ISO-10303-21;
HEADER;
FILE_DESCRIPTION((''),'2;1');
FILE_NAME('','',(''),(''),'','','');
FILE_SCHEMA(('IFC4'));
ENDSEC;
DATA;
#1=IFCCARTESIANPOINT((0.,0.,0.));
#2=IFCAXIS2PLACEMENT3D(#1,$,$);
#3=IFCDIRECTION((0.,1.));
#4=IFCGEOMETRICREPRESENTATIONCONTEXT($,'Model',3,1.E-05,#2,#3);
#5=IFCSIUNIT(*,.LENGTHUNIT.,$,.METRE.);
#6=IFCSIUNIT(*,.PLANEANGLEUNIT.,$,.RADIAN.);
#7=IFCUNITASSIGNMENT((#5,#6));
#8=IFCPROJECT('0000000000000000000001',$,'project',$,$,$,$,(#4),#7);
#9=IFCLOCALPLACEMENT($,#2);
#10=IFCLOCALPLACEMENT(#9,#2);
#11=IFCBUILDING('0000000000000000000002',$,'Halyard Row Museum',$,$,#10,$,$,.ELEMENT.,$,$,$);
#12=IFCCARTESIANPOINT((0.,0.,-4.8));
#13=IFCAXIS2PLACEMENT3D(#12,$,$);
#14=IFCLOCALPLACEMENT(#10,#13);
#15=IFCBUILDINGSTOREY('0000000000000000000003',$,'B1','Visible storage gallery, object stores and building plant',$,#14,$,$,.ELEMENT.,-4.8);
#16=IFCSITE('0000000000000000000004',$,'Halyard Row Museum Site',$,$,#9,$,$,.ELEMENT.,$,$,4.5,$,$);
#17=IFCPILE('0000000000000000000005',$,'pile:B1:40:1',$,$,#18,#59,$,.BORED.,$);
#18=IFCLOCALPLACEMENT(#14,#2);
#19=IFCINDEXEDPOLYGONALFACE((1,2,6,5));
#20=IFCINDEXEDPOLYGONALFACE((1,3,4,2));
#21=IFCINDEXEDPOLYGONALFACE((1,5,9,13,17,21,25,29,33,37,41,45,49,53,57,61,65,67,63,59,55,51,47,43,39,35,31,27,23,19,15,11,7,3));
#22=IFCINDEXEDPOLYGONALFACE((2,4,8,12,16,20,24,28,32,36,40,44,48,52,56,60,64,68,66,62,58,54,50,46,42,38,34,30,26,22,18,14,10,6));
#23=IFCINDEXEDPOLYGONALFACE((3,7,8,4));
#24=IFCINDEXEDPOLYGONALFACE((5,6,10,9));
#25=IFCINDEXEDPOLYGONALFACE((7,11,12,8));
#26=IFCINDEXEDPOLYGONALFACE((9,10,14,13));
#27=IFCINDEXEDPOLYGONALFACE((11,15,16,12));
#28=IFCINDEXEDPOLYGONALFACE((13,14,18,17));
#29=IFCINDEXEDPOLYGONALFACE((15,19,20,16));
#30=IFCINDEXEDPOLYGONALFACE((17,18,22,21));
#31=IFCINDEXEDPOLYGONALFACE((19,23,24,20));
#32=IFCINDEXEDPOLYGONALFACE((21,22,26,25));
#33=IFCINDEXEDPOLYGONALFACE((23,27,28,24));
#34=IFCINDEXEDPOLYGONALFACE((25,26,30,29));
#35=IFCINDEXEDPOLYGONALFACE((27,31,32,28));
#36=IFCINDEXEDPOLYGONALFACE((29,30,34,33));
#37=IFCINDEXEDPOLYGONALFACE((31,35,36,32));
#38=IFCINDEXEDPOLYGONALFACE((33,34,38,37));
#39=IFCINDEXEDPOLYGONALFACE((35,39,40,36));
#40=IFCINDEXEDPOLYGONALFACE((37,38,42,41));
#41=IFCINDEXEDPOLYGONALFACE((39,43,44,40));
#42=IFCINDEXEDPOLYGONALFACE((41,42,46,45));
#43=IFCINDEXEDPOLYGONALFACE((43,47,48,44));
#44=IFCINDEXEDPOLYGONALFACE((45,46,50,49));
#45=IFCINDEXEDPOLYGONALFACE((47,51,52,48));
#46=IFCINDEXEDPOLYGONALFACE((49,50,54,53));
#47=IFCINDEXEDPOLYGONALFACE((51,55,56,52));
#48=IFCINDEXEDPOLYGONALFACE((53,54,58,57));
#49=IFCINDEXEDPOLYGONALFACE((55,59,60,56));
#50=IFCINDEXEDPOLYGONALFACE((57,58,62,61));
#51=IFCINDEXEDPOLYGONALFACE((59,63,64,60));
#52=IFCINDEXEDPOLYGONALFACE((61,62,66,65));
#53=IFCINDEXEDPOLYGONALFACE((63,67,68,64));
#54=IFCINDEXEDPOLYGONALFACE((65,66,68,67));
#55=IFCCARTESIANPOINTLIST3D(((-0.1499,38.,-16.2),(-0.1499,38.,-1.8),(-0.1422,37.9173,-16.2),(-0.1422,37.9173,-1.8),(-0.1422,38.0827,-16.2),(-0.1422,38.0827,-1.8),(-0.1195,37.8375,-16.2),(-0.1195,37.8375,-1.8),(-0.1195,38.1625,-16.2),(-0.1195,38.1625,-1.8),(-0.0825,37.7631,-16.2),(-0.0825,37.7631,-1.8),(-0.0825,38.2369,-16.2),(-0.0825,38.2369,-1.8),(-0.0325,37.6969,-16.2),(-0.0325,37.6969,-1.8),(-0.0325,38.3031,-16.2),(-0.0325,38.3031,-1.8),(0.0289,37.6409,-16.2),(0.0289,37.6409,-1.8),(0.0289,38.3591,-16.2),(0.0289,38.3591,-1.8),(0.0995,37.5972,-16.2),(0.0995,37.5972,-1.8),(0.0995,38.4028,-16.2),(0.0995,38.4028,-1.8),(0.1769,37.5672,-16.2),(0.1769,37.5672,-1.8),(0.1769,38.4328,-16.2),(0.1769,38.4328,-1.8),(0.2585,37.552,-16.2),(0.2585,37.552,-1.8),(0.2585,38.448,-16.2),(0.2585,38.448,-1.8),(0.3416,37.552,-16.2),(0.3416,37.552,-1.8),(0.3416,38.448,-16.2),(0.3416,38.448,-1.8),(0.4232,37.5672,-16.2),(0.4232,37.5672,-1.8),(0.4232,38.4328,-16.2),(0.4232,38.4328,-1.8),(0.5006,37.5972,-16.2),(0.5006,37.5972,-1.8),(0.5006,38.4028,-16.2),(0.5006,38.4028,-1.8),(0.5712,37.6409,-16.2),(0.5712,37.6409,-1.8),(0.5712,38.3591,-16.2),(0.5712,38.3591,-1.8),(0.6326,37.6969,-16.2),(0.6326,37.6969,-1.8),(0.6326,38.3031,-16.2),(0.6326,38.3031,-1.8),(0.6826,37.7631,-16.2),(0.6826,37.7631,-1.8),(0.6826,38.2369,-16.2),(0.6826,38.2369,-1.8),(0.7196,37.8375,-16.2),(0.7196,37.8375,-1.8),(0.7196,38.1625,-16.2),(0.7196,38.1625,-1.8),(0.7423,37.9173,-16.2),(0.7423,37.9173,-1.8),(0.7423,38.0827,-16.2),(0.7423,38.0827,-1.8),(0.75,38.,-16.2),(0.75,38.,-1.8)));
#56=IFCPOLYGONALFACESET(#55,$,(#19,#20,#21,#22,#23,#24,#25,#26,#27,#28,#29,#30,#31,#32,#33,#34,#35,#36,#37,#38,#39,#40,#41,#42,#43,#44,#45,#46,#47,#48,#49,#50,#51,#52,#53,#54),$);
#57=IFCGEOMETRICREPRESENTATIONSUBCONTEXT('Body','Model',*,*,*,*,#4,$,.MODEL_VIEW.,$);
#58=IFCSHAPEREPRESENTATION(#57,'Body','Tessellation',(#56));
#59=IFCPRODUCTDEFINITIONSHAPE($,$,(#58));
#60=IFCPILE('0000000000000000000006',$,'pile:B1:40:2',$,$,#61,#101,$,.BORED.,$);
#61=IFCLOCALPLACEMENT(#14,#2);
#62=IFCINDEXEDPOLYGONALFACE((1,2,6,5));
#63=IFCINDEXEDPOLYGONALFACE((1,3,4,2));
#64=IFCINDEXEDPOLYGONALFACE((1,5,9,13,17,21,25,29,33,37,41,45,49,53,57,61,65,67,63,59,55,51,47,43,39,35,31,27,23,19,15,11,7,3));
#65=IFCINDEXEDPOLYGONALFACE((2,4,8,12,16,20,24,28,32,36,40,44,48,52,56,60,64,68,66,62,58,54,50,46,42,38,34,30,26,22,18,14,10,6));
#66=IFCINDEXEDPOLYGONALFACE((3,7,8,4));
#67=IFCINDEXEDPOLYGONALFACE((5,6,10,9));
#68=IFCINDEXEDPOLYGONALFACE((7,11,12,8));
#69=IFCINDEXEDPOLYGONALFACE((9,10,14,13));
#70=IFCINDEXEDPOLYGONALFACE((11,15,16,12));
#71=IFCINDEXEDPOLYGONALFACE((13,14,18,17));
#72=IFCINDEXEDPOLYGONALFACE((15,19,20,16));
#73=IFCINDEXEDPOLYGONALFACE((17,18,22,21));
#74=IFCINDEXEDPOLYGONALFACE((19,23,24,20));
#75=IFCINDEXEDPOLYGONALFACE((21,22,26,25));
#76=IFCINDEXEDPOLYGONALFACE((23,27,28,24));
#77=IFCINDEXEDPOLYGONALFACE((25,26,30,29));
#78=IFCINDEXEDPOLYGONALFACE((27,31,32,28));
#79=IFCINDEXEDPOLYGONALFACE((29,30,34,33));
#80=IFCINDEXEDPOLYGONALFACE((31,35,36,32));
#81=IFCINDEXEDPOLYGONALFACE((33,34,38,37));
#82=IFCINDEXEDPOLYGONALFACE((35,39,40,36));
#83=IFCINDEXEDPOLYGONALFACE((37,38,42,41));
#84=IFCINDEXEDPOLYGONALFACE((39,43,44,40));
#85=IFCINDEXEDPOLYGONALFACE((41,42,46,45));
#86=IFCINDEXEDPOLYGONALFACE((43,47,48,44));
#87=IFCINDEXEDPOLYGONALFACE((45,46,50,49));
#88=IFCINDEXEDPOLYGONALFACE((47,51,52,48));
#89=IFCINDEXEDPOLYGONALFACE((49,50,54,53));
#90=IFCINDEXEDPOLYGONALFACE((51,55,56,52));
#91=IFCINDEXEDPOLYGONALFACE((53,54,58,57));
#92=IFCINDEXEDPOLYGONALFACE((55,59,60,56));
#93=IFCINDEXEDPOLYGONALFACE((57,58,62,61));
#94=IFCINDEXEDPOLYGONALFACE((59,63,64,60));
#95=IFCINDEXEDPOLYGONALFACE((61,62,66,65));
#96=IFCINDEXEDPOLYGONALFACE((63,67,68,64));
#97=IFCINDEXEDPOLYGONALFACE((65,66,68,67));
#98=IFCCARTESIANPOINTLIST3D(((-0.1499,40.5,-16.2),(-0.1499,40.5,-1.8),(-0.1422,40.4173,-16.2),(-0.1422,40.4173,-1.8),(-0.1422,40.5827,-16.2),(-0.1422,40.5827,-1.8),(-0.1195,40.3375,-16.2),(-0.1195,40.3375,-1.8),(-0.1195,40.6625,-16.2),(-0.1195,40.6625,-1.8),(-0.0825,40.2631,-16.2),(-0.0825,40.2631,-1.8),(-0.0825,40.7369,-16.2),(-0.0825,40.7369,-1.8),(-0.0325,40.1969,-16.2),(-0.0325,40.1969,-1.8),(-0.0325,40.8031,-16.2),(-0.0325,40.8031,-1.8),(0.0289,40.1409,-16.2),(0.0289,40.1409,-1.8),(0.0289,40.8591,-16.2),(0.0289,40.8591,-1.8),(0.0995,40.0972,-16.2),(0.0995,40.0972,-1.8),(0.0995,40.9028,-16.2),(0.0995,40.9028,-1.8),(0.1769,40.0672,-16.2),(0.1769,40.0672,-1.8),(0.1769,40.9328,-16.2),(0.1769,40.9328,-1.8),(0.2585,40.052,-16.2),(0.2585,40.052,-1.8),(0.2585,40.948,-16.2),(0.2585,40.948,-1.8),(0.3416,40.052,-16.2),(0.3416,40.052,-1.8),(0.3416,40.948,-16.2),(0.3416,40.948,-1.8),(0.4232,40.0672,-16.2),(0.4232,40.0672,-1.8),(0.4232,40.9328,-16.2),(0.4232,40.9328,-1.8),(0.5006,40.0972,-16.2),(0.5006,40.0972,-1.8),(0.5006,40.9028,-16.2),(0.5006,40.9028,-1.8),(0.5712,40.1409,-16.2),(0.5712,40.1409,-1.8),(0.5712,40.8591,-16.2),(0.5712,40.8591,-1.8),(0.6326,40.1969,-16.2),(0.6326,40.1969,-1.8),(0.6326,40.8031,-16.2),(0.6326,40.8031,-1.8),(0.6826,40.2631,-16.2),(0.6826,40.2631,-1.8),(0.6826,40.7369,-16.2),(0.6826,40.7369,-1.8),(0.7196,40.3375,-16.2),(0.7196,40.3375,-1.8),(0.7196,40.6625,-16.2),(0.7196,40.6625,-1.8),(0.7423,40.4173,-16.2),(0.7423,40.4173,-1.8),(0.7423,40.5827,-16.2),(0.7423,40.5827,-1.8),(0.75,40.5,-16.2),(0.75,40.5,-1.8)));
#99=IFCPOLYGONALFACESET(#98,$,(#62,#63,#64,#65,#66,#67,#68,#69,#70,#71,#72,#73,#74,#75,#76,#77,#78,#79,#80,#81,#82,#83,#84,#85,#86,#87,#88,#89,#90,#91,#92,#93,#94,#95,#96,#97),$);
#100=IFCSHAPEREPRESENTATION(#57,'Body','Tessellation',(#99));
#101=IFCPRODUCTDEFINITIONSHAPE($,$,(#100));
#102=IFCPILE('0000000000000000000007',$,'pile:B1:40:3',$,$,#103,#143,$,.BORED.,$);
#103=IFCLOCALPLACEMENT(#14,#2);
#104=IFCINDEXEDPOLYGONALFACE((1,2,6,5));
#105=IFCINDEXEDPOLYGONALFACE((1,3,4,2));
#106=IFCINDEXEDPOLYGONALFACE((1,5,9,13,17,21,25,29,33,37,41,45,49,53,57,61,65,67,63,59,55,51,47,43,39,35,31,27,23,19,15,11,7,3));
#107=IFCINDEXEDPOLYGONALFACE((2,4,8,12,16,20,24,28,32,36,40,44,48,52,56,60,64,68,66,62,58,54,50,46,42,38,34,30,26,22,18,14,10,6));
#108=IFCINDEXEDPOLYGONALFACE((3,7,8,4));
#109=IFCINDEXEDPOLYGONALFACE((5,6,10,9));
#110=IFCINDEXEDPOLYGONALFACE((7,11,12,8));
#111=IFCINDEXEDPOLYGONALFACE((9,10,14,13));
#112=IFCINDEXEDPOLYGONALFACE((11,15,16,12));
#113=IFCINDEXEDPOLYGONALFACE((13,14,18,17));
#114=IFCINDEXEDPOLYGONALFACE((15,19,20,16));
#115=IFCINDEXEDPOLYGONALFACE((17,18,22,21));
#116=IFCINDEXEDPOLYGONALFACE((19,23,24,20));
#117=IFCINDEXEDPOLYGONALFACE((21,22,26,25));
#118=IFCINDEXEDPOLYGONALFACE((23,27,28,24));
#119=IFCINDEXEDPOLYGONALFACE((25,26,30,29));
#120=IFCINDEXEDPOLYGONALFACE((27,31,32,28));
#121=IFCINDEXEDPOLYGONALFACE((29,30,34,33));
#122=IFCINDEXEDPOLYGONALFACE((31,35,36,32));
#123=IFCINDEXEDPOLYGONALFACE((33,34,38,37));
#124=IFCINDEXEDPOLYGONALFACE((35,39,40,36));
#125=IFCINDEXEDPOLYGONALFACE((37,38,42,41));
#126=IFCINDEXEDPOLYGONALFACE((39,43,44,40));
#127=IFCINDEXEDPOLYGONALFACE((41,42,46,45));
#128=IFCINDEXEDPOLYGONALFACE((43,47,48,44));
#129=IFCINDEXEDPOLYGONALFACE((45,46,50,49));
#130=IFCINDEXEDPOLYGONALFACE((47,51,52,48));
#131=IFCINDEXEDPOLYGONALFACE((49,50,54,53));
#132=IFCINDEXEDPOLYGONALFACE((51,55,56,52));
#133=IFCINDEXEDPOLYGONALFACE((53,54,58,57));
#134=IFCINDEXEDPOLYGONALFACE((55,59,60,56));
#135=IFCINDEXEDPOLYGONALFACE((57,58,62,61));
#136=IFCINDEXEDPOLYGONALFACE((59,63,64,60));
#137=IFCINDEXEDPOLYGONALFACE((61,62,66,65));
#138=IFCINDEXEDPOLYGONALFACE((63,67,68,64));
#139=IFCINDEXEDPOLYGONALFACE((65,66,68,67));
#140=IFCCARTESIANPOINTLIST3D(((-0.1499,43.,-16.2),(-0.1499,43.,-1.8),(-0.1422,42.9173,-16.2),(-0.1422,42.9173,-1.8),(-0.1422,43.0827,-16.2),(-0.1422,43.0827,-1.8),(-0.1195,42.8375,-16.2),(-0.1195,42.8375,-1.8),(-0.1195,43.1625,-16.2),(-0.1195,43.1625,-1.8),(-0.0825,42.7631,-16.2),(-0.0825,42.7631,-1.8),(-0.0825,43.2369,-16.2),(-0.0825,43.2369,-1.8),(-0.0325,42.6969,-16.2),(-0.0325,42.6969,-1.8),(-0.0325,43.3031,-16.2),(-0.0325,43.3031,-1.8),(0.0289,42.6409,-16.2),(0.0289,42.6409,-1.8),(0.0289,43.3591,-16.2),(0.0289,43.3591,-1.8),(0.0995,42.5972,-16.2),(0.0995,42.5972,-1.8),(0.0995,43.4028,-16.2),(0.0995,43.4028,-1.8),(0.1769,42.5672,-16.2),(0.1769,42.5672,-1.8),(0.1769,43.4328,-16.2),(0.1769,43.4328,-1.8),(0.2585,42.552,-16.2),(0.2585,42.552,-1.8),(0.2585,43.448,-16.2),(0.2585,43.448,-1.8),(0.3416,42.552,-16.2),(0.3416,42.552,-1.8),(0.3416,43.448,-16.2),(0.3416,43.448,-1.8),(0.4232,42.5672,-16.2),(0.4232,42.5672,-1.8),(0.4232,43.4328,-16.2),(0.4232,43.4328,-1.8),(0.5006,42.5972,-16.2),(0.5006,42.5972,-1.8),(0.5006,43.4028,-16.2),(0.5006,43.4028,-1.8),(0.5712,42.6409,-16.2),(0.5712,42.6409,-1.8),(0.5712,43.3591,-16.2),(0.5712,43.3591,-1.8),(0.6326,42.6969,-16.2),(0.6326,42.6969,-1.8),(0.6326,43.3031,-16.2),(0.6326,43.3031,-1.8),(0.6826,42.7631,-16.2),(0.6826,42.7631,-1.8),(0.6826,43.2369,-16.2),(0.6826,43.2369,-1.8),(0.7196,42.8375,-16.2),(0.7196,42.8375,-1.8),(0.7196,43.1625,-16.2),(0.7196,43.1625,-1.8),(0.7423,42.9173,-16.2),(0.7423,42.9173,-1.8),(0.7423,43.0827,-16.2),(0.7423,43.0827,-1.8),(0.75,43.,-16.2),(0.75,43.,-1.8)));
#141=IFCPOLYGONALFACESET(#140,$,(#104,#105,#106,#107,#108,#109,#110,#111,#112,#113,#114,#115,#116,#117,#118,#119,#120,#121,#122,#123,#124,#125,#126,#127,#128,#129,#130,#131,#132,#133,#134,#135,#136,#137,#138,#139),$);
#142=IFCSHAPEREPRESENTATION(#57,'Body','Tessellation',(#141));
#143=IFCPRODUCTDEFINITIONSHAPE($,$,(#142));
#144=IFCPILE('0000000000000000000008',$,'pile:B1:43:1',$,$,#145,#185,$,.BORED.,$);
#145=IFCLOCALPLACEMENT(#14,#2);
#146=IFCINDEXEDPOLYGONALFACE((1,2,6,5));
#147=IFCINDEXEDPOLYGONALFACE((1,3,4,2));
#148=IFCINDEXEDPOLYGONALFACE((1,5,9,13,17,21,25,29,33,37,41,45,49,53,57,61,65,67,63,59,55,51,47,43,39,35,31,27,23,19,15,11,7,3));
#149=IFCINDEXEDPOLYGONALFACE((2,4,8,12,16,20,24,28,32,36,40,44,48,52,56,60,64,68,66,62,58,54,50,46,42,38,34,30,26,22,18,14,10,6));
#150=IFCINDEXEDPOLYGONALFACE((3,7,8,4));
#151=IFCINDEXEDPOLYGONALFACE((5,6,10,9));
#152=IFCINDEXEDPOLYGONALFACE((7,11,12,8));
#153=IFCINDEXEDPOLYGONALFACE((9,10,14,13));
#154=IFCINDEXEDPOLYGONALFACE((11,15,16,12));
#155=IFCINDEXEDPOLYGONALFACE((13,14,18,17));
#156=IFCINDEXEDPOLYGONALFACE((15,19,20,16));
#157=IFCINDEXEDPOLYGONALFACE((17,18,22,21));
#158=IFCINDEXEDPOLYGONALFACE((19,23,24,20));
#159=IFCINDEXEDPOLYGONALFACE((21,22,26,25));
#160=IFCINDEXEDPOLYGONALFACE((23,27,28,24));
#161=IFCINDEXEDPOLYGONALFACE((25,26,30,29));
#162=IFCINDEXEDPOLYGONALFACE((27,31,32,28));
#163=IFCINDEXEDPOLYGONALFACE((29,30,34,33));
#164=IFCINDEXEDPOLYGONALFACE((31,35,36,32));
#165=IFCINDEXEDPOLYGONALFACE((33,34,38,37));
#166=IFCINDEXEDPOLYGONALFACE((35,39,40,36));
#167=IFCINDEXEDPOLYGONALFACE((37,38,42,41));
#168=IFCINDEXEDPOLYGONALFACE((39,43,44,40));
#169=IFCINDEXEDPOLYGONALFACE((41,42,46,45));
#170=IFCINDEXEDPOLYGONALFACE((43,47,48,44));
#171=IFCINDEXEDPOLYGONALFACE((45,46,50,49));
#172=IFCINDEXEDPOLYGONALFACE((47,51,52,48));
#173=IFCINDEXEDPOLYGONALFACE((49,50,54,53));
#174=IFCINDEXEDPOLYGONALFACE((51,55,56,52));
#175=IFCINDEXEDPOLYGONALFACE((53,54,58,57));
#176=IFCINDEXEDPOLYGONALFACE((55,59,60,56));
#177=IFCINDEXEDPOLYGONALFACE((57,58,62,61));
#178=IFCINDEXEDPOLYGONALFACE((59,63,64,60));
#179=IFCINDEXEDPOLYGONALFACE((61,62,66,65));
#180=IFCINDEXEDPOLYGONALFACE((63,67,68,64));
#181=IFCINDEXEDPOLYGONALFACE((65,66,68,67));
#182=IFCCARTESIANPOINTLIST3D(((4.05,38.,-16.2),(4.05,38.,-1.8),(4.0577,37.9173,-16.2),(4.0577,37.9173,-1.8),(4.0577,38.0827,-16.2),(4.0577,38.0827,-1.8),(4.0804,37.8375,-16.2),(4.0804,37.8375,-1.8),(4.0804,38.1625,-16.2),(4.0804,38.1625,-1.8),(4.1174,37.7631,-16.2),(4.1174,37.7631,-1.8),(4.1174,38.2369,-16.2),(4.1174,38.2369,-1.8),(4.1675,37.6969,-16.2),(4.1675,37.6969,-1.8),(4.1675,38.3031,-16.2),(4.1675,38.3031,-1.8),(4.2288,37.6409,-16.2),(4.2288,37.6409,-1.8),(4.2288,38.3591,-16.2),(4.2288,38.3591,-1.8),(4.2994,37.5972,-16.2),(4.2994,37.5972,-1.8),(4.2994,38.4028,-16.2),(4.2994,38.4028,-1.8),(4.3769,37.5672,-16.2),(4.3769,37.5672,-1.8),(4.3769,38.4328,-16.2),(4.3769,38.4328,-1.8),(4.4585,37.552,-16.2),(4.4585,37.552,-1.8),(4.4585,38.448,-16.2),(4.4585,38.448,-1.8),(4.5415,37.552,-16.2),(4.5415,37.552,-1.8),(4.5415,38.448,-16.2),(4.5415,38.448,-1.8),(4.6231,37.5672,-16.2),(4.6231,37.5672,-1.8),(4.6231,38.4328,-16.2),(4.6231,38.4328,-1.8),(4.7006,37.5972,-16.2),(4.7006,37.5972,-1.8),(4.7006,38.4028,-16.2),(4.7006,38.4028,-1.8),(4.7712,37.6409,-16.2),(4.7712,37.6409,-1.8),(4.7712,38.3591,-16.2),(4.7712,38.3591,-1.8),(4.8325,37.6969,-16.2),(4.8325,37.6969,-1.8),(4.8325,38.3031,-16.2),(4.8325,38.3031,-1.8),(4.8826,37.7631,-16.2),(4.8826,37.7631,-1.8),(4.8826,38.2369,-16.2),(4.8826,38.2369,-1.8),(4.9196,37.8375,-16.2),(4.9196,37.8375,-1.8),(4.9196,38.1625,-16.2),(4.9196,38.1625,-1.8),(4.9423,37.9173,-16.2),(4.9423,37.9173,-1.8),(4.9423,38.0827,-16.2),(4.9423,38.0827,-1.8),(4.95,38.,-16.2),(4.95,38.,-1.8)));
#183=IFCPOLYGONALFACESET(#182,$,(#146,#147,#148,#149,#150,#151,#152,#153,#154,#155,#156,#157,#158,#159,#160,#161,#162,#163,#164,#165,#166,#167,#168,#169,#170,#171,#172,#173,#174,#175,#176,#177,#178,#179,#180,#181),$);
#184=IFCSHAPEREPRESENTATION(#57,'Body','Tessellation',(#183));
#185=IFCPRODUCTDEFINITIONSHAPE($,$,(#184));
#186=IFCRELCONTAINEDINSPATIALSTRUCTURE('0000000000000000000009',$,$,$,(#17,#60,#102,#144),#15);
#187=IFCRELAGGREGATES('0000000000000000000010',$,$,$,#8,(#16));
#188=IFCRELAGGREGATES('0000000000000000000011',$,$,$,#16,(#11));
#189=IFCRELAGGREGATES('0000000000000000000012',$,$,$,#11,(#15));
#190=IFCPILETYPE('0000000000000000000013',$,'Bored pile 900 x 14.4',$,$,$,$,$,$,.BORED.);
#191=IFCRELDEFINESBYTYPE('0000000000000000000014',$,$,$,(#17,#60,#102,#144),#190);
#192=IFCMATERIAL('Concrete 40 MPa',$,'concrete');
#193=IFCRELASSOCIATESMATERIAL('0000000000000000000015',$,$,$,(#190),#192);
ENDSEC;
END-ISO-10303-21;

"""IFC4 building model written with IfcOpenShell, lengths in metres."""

from ifc_helpers import new_model, si_unit, direction, frame, origin, origin_2d, place, context, subcontext, project, spatial, circle, extrude, material, material_profile, profile_set, type_object, element, save


model = new_model("IFC4")

# Units and contexts
model_context = context("Model", 3, precision=1e-05, world=origin(), true_north=direction((0.0, 1.0)))
body_context = subcontext(model_context, "Body", "Model", "MODEL_VIEW")
ifc_project = project(units=[si_unit("LENGTHUNIT", "METRE"), si_unit("PLANEANGLEUNIT", "RADIAN")], contexts=[model_context])

# Site, building, storey
site_placement = place(None, origin())
site = spatial("IfcSite", under=ifc_project, at=site_placement, Name="Halyard Row Museum Site", CompositionType="ELEMENT", RefElevation=4.5)
building_placement = place(site_placement, origin())
building = spatial("IfcBuilding", under=site, at=building_placement, Name="Halyard Row Museum", CompositionType="ELEMENT")
storey_placement = place(building_placement, frame((0.0, 0.0, -4.8)))
storey = spatial("IfcBuildingStorey", under=building, at=storey_placement, Name="B1", Description="Visible storage gallery, object stores and building plant", CompositionType="ELEMENT", Elevation=-4.8)

# Piles
ifc_material_1 = material(Name="Concrete 40 MPa", Category="concrete")
ifc_material_profile_1 = material_profile(ifc_material_1, circle(Radius=0.45, at=origin_2d()), Name="Bored pile 900 x 14.4")
ifc_profile_set_1 = profile_set([ifc_material_profile_1], Name="Concrete 40 MPa")
pile_type = type_object("IfcPileType", Name="Bored pile 900 x 14.4", PredefinedType="BORED", material=ifc_profile_set_1)
for number, where, z_axis, x_axis, name in (
    (1, (0.3, 38.0, -1.8), (0.0, 0.0, -1.0), (1.0, 0.0, 0.0), "pile:B1:40:1"),
    (2, (0.3, 40.5, -1.8), (0.0, 0.0, -1.0), (1.0, 0.0, 0.0), "pile:B1:40:2"),
    (3, (0.3, 43.0, -1.8), (0.0, 0.0, -1.0), (1.0, 0.0, 0.0), "pile:B1:40:3"),
    (4, (4.5, 38.0, -1.8), (0.0, 0.0, -1.0), (1.0, 0.0, 0.0), "pile:B1:43:1"),
):
    element("IfcPile", number, at=place(storey_placement, frame(where, z_axis=z_axis, x_axis=x_axis)), inside=storey, type_object=pile_type, Name=name, PredefinedType="BORED", context=body_context, shape_type="SweptSolid", body=[
        extrude(circle(Radius=0.45, at=origin_2d()), origin(), (0.0, 0.0, 1.0), 14.3999),
    ])

save(model, "model.ifc")
